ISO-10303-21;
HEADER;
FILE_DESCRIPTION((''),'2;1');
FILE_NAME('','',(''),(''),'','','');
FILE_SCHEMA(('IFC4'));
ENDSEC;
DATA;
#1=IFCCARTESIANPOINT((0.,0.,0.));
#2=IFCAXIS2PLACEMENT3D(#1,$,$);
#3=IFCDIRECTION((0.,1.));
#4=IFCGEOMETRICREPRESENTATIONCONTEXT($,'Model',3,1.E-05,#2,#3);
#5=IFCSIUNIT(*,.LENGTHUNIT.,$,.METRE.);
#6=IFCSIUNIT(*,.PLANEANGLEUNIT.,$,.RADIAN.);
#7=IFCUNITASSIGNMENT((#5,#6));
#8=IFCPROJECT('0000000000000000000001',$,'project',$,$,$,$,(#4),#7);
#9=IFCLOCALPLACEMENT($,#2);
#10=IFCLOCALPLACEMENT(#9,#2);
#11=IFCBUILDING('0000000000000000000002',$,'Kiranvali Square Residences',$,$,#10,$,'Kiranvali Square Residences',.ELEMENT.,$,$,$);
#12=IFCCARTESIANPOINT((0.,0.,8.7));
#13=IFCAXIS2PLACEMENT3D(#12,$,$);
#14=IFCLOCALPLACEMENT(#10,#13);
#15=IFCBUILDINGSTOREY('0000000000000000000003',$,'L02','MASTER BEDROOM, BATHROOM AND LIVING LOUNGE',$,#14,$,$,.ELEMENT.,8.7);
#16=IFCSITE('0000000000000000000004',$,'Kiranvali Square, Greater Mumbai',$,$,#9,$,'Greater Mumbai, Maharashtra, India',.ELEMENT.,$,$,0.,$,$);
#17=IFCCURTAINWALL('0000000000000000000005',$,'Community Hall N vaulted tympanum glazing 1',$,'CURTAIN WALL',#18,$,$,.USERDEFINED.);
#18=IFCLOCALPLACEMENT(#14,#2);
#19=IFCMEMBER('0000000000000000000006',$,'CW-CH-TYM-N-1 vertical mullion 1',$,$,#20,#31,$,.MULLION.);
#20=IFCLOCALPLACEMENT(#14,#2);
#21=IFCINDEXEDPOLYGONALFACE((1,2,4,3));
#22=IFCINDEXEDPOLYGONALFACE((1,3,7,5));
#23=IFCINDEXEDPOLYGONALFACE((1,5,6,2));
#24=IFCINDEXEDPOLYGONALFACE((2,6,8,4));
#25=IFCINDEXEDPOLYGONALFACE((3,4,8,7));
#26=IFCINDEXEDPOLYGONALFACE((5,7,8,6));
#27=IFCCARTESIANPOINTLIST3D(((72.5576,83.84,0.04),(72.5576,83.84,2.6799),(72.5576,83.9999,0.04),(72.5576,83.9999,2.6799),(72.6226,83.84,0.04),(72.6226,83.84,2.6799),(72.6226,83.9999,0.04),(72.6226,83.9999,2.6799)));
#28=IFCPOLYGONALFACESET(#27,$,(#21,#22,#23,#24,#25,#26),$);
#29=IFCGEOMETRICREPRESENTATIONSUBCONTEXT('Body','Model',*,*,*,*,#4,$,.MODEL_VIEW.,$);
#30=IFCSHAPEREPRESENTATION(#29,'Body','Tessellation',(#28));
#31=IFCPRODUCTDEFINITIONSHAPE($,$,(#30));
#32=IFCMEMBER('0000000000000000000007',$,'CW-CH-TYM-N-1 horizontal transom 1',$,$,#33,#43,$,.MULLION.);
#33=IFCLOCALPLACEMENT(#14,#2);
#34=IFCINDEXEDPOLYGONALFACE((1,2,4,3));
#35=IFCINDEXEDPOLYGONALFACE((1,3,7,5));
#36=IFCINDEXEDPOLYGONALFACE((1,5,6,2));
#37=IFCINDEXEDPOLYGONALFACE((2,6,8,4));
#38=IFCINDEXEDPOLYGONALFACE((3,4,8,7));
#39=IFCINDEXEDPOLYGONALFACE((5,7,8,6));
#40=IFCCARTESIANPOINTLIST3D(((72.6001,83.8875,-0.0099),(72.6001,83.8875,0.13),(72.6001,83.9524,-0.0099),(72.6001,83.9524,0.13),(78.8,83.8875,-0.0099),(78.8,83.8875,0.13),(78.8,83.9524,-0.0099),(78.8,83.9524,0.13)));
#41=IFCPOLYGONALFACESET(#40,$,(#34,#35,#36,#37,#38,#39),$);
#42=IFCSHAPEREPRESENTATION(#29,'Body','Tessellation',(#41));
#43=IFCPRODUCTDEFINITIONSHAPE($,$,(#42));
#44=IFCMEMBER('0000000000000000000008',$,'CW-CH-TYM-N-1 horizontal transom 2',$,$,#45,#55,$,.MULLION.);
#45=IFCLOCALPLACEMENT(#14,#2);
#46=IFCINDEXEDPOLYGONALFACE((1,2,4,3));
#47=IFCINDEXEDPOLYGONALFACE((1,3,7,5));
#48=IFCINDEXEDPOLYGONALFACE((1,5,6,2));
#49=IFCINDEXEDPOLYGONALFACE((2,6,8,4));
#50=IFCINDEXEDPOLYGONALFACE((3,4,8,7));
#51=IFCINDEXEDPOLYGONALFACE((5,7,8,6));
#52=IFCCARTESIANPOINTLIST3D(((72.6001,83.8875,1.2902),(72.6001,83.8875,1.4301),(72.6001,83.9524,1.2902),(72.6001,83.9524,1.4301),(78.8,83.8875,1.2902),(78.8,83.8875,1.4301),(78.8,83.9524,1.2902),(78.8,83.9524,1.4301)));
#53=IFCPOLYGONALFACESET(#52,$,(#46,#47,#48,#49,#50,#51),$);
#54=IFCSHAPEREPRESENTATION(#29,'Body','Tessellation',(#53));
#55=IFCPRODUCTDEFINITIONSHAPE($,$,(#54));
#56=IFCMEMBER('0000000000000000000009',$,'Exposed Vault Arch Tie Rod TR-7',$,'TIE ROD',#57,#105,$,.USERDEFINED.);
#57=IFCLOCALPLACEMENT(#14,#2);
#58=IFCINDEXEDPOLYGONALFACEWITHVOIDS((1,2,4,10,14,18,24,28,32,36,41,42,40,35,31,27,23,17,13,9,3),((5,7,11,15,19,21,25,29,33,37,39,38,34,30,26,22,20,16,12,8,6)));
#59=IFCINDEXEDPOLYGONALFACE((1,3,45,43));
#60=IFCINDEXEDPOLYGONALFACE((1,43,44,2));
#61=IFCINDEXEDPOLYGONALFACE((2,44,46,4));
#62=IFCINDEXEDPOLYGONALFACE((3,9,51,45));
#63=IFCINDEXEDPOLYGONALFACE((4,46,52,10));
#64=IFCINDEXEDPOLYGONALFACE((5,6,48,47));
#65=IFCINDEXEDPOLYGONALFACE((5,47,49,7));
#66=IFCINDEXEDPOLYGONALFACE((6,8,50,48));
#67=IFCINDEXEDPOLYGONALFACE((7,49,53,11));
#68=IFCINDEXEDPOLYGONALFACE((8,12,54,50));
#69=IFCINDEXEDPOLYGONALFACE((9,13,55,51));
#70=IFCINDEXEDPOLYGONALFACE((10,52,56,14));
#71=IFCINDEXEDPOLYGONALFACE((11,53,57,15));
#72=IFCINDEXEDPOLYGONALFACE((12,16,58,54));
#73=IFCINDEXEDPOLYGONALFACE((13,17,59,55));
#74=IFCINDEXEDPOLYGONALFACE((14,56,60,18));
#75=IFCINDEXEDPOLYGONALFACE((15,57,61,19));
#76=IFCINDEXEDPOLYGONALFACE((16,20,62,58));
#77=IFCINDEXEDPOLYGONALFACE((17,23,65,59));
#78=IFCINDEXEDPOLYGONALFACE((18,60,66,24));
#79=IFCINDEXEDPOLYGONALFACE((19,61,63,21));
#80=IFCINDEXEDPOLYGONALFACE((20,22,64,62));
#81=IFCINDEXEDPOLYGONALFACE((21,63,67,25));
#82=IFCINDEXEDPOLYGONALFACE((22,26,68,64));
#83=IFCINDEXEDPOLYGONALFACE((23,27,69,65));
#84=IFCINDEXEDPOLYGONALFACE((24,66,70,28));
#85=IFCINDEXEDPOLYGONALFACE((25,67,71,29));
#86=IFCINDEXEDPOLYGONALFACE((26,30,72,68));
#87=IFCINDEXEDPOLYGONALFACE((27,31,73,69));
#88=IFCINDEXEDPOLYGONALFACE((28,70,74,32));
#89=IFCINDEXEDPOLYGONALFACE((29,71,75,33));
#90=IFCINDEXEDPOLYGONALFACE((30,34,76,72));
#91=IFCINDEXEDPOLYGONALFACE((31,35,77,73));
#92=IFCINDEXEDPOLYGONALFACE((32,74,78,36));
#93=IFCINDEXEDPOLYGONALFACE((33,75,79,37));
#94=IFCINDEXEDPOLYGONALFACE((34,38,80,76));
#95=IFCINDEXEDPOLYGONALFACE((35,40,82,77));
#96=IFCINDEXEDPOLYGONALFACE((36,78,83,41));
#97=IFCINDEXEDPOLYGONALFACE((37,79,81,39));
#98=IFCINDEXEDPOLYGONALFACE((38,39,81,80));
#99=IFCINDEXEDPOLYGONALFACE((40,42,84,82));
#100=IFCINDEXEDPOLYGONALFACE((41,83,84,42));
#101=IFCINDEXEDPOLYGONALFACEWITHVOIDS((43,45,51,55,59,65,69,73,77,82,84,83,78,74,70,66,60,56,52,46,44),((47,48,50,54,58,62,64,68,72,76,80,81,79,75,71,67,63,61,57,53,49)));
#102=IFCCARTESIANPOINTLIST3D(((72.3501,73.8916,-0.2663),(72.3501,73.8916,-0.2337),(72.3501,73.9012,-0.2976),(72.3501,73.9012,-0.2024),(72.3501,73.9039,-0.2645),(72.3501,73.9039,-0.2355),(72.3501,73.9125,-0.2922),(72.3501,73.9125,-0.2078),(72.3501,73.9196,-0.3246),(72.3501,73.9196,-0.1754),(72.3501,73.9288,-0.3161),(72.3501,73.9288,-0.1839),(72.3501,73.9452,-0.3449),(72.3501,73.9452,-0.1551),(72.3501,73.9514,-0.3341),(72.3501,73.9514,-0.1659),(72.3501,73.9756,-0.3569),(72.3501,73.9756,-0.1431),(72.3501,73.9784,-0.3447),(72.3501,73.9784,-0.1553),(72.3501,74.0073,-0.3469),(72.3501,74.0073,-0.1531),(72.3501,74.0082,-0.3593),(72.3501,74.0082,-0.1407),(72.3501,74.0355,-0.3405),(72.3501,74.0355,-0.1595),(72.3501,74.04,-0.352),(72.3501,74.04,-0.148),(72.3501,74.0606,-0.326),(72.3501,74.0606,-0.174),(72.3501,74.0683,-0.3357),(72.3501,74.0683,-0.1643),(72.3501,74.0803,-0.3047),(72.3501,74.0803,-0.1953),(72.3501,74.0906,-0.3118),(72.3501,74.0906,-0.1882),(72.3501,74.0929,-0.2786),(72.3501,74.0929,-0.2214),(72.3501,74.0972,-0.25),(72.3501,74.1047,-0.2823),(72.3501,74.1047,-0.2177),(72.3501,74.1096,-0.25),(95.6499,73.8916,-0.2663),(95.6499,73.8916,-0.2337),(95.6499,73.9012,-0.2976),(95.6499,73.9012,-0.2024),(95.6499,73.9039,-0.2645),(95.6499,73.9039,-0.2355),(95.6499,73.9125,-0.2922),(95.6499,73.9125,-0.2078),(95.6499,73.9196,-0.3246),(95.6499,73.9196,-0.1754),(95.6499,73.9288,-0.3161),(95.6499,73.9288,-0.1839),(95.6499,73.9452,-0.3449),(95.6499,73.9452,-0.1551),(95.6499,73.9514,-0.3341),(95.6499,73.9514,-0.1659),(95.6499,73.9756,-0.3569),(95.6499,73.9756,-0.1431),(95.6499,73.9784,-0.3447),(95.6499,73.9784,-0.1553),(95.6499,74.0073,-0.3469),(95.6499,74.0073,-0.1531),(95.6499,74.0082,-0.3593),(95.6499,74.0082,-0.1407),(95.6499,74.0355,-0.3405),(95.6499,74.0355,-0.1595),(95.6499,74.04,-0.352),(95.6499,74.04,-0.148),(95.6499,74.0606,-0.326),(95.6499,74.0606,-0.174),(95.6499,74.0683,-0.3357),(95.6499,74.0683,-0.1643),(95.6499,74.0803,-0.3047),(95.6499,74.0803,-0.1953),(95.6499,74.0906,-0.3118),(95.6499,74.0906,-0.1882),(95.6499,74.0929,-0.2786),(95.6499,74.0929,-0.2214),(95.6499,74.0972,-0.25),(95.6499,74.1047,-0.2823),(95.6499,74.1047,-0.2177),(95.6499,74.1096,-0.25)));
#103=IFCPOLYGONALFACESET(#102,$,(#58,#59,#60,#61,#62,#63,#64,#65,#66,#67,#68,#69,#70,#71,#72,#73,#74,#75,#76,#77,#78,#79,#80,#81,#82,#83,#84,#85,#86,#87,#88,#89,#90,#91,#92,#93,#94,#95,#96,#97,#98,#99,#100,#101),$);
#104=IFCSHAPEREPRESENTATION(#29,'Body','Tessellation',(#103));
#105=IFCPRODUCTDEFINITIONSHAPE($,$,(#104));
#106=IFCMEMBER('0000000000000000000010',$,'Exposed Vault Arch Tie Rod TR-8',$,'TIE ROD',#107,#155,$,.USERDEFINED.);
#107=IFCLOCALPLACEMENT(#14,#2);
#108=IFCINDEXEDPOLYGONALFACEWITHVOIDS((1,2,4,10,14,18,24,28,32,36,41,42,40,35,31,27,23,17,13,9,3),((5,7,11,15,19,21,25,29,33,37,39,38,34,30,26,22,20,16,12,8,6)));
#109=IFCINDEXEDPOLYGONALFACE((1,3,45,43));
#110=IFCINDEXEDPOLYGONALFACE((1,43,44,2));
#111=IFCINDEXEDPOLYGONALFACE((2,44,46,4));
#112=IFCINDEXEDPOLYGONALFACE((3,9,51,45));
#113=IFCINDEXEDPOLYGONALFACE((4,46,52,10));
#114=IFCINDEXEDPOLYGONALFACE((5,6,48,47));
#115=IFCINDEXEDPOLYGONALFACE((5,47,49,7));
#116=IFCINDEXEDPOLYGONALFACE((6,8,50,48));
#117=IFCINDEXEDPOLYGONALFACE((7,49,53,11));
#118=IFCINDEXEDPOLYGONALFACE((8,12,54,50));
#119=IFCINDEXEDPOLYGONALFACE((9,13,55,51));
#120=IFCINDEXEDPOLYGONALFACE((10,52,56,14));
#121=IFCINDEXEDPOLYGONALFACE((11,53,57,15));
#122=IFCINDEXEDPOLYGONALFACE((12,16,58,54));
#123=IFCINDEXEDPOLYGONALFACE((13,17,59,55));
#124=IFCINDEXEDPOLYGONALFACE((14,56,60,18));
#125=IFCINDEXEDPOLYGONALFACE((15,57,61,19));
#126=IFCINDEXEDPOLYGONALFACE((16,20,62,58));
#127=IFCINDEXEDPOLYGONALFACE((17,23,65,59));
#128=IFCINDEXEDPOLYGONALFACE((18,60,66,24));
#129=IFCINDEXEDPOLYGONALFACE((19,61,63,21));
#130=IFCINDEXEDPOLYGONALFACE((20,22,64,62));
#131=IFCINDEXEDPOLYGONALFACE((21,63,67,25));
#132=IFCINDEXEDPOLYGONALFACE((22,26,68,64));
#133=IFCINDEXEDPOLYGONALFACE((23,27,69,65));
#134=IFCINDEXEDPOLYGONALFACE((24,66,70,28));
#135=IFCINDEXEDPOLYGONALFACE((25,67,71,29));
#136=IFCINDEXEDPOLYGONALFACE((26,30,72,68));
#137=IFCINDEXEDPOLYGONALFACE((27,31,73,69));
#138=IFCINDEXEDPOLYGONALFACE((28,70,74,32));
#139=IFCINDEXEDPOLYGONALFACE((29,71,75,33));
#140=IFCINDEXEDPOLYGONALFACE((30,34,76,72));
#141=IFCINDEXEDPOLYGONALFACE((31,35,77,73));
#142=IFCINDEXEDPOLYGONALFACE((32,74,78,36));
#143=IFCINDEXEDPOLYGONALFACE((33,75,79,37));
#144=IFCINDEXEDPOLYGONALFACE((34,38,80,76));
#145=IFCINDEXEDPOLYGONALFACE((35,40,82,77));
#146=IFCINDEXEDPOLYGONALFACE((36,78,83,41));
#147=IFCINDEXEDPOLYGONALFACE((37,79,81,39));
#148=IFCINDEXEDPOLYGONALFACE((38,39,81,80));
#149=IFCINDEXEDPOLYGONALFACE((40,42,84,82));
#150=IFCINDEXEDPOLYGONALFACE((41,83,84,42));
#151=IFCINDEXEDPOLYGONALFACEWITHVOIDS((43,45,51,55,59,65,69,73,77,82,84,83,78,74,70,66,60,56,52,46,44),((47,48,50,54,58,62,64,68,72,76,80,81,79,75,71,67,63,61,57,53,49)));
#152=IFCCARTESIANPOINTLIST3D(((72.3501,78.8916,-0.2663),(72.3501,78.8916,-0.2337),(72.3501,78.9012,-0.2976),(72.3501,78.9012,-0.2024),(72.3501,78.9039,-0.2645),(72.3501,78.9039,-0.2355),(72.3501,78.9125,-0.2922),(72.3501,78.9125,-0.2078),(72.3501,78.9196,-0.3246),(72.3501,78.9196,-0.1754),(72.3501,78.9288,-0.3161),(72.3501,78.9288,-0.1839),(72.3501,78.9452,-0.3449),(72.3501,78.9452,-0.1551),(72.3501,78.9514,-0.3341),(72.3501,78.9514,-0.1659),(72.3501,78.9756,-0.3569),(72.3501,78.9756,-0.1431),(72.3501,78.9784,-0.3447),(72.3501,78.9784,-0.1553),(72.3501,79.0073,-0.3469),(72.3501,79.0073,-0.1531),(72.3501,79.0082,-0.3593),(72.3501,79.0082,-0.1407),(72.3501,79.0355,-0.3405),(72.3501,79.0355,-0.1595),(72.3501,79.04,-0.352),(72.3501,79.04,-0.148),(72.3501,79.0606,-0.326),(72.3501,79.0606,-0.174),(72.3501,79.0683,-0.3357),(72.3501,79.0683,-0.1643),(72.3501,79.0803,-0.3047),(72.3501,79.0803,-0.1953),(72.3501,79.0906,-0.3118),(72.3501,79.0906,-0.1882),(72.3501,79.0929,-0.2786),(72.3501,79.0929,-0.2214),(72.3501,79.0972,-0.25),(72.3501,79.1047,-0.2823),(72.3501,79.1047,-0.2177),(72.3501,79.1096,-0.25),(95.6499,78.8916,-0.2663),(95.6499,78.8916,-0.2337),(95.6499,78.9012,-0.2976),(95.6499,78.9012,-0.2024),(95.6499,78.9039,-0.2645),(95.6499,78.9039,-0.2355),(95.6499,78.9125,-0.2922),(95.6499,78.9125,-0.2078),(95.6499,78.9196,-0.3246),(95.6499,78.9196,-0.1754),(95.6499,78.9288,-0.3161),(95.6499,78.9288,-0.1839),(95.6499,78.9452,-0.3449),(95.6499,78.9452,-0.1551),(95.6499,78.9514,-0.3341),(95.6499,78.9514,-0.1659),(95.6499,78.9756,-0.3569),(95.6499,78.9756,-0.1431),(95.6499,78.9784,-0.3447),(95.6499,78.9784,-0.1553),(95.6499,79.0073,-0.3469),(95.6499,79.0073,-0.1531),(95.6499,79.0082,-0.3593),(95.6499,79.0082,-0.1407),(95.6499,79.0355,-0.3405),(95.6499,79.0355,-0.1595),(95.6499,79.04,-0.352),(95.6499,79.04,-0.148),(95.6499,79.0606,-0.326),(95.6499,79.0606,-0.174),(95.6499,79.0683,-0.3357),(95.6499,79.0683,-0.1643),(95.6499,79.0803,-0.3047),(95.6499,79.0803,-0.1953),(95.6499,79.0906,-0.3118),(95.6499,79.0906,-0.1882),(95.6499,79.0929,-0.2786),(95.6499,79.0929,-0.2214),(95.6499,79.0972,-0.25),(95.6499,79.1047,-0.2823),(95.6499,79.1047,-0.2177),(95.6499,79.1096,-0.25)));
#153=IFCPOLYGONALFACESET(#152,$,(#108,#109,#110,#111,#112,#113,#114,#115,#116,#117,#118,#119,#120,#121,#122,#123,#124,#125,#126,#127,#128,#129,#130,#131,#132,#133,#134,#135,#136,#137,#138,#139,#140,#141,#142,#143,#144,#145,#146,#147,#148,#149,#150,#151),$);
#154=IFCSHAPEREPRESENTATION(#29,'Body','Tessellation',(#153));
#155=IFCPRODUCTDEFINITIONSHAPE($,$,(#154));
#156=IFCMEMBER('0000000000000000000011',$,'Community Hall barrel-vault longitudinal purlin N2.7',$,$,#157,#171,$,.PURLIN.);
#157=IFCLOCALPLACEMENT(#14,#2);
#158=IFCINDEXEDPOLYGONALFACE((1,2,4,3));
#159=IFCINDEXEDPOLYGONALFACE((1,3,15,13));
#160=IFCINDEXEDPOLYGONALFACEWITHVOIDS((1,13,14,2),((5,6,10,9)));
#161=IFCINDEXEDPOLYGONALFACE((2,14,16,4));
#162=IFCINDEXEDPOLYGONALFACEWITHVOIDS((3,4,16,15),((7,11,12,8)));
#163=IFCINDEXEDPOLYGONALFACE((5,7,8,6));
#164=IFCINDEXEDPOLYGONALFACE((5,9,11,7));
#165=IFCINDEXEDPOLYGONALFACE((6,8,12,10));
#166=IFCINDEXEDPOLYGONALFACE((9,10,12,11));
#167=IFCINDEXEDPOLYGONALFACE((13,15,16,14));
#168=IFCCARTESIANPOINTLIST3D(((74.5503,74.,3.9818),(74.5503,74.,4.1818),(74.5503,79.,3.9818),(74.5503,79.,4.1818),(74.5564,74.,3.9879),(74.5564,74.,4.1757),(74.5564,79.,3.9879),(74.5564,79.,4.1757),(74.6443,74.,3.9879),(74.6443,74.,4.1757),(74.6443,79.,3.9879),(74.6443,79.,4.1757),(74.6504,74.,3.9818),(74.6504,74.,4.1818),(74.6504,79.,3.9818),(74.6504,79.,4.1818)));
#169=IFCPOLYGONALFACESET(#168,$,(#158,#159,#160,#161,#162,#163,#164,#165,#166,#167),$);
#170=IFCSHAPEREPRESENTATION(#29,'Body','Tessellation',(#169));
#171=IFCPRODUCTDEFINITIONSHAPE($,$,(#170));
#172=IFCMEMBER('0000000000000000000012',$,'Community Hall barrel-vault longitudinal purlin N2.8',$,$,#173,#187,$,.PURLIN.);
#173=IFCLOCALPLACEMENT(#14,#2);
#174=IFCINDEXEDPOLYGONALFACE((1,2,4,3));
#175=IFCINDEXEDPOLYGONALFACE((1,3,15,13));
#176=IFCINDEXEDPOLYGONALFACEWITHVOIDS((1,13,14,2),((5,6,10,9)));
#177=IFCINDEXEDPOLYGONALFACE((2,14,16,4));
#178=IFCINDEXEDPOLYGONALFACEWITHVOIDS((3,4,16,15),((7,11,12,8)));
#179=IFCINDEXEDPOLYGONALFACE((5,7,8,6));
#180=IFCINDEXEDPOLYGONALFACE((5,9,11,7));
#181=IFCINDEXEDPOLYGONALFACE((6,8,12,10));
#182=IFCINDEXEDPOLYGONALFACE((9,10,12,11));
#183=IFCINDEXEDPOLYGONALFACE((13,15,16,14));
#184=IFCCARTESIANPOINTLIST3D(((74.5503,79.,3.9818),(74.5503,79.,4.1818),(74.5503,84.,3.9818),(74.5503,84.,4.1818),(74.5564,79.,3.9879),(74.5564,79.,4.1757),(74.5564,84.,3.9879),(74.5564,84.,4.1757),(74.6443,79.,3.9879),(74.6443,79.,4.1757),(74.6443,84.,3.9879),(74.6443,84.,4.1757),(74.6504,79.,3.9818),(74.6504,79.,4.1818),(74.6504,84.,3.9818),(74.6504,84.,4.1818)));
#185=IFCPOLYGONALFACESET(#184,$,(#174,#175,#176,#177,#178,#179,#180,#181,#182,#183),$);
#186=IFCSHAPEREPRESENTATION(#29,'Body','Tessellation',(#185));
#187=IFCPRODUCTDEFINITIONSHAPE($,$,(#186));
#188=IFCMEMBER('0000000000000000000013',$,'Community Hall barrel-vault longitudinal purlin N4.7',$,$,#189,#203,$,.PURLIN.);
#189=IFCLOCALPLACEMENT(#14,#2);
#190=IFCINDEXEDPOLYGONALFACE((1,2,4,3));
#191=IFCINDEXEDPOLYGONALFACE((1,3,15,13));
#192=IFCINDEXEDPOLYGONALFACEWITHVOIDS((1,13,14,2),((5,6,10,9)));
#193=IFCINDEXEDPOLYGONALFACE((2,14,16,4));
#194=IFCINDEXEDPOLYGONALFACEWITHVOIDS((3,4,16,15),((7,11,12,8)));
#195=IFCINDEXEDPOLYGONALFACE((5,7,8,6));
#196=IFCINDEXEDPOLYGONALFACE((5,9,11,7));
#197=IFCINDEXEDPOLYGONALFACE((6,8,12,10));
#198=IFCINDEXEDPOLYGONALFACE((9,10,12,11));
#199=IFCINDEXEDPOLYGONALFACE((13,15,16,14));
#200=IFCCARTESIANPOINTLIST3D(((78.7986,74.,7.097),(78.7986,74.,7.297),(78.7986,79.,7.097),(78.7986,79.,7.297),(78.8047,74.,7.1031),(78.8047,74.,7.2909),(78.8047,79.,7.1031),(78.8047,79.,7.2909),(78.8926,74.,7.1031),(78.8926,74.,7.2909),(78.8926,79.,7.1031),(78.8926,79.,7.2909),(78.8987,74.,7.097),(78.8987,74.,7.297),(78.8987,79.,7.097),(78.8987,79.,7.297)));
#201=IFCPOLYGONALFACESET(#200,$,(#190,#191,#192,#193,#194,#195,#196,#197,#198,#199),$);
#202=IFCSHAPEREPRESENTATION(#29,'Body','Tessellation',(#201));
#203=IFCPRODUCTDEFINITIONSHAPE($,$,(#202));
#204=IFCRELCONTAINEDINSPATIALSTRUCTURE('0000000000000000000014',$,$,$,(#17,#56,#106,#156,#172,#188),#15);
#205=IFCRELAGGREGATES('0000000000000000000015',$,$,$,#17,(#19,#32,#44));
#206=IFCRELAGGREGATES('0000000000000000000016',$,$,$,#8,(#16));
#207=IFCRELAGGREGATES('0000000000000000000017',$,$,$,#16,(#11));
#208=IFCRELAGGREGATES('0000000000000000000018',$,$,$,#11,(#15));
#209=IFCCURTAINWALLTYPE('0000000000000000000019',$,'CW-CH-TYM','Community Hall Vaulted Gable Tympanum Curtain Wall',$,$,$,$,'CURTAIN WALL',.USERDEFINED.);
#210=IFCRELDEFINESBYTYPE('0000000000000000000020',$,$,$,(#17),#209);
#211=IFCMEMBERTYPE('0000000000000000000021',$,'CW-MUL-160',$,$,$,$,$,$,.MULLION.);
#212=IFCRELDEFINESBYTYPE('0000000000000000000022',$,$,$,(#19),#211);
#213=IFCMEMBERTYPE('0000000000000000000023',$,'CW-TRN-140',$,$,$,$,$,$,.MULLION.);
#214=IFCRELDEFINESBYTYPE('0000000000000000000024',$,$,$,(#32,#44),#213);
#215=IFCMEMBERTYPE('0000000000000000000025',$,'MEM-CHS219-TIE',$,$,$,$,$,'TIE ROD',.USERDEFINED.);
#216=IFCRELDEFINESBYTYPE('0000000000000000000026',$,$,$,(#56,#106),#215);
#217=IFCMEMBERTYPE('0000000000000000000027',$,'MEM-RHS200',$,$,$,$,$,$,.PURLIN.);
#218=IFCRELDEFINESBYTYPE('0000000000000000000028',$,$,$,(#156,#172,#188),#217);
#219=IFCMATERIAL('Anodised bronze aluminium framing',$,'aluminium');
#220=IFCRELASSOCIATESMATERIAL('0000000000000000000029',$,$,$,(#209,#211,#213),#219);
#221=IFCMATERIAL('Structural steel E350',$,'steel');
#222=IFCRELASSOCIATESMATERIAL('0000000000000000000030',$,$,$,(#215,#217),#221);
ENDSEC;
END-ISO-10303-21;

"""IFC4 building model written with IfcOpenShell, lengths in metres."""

from ifc_helpers import new_model, si_unit, direction, frame, origin, origin_2d, place, context, subcontext, project, spatial, rectangle, hollow_rectangle, hollow_circle, extrude, material, material_profile, profile_set, type_object, element, aggregate, save


model = new_model("IFC4")

# Units and contexts
model_context = context("Model", 3, precision=1e-05, world=origin(), true_north=direction((0.0, 1.0)))
body_context = subcontext(model_context, "Body", "Model", "MODEL_VIEW")
ifc_project = project(units=[si_unit("LENGTHUNIT", "METRE"), si_unit("PLANEANGLEUNIT", "RADIAN")], contexts=[model_context])

# Site, building, storey
site_placement = place(None, origin())
site = spatial("IfcSite", under=ifc_project, at=site_placement, Name="Kiranvali Square, Greater Mumbai", LongName="Greater Mumbai, Maharashtra, India", CompositionType="ELEMENT", RefElevation=0.0)
building_placement = place(site_placement, origin())
building = spatial("IfcBuilding", under=site, at=building_placement, Name="Kiranvali Square Residences", LongName="Kiranvali Square Residences", CompositionType="ELEMENT")
storey_placement = place(building_placement, frame((0.0, 0.0, 8.7)))
storey = spatial("IfcBuildingStorey", under=building, at=storey_placement, Name="L02", Description="MASTER BEDROOM, BATHROOM AND LIVING LOUNGE", CompositionType="ELEMENT", Elevation=8.7)

# Curtain wall, members
ifc_material_1 = material(Name="Anodised bronze aluminium framing", Category="aluminium")
curtain_wall_type = type_object("IfcCurtainWallType", Name="CW-CH-TYM", Description="Community Hall Vaulted Gable Tympanum Curtain Wall", ElementType="CURTAIN WALL", PredefinedType="USERDEFINED", material=ifc_material_1)
curtain_wall_placement = place(storey_placement, origin())
curtain_wall = element("IfcCurtainWall", 1, at=curtain_wall_placement, inside=storey, type_object=curtain_wall_type, Name="Community Hall N vaulted tympanum glazing 1", ObjectType="CURTAIN WALL", PredefinedType="USERDEFINED")
ifc_material_profile_1 = material_profile(ifc_material_1, rectangle(XDim=0.0649, YDim=0.1599, at=origin_2d()), Name="ALU 65x160")
ifc_profile_set_1 = profile_set([ifc_material_profile_1], Name="Anodised bronze aluminium framing")
member_type_1 = type_object("IfcMemberType", Name="CW-MUL-160", PredefinedType="MULLION", material=ifc_profile_set_1)
member_1_placement = place(storey_placement, frame((72.5901, 83.9199, 0.04), z_axis=(0.0, 0.0, 1.0), x_axis=(1.0, 0.0, 0.0)))
member_1 = element("IfcMember", 2, at=member_1_placement, type_object=member_type_1, Name="CW-CH-TYM-N-1 vertical mullion 1", PredefinedType="MULLION", context=body_context, shape_type="SweptSolid", body=[
    extrude(rectangle(XDim=0.0649, YDim=0.1599, at=origin_2d()), origin(), (0.0, 0.0, 1.0), 2.6399),
])
ifc_material_profile_2 = material_profile(ifc_material_1, rectangle(XDim=0.0649, YDim=0.1399, at=origin_2d()), Name="ALU 65x140")
ifc_profile_set_2 = profile_set([ifc_material_profile_2], Name="Anodised bronze aluminium framing")
member_type_2 = type_object("IfcMemberType", Name="CW-TRN-140", PredefinedType="MULLION", material=ifc_profile_set_2)
member_2_placement = place(storey_placement, frame((72.6001, 83.9199, 0.0601), z_axis=(1.0, 0.0, 0.0), x_axis=(0.0, 1.0, 0.0)))
member_2 = element("IfcMember", 3, at=member_2_placement, type_object=member_type_2, Name="CW-CH-TYM-N-1 horizontal transom 1", PredefinedType="MULLION", context=body_context, shape_type="SweptSolid", body=[
    extrude(rectangle(XDim=0.0649, YDim=0.1399, at=origin_2d()), origin(), (0.0, 0.0, 1.0), 6.2),
])
member_3_placement = place(storey_placement, frame((72.6001, 83.9199, 1.3601), z_axis=(1.0, 0.0, 0.0), x_axis=(0.0, 1.0, 0.0)))
member_3 = element("IfcMember", 4, at=member_3_placement, type_object=member_type_2, Name="CW-CH-TYM-N-1 horizontal transom 2", PredefinedType="MULLION", context=body_context, shape_type="SweptSolid", body=[
    extrude(rectangle(XDim=0.0649, YDim=0.1399, at=origin_2d()), origin(), (0.0, 0.0, 1.0), 6.2),
])
aggregate(curtain_wall, [member_1, member_2, member_3])

# Members
ifc_material_2 = material(Name="Structural steel E350", Category="steel")
ifc_material_profile_3 = material_profile(ifc_material_2, hollow_circle(Radius=0.1096, WallThickness=0.0125, at=origin_2d()), Name="CHS 219.1x12.5")
ifc_profile_set_3 = profile_set([ifc_material_profile_3], Name="Structural steel E350")
member_type_3 = type_object("IfcMemberType", Name="MEM-CHS219-TIE", ElementType="TIE ROD", PredefinedType="USERDEFINED", material=ifc_profile_set_3)
for number, where, z_axis, x_axis, name in (
    (5, (72.3501, 74.0, -0.25), (1.0, 0.0, 0.0), (0.0, 1.0, 0.0), "Exposed Vault Arch Tie Rod TR-7"),
    (6, (72.3501, 79.0, -0.25), (1.0, 0.0, 0.0), (0.0, 1.0, 0.0), "Exposed Vault Arch Tie Rod TR-8"),
):
    element("IfcMember", number, at=place(storey_placement, frame(where, z_axis=z_axis, x_axis=x_axis)), inside=storey, type_object=member_type_3, Name=name, ObjectType="TIE ROD", PredefinedType="USERDEFINED", context=body_context, shape_type="SweptSolid", body=[
        extrude(hollow_circle(Radius=0.1096, WallThickness=0.0125, at=origin_2d()), origin(), (0.0, 0.0, 1.0), 23.2998),
    ])
ifc_material_profile_4 = material_profile(ifc_material_2, hollow_rectangle(XDim=0.1001, YDim=0.2, WallThickness=0.0061, at=origin_2d()), Name="RHS 200x100x6.0")
ifc_profile_set_4 = profile_set([ifc_material_profile_4], Name="Structural steel E350")
member_type_4 = type_object("IfcMemberType", Name="MEM-RHS200", PredefinedType="PURLIN", material=ifc_profile_set_4)
for number, where, z_axis, x_axis, name in (
    (7, (74.6003, 74.0, 4.0818), (0.0, 1.0, 0.0), (-1.0, 0.0, 0.0), "Community Hall barrel-vault longitudinal purlin N2.7"),
    (8, (74.6003, 79.0, 4.0818), (0.0, 1.0, 0.0), (-1.0, 0.0, 0.0), "Community Hall barrel-vault longitudinal purlin N2.8"),
    (9, (78.8486, 74.0, 7.197), (0.0, 1.0, 0.0), (-1.0, 0.0, 0.0), "Community Hall barrel-vault longitudinal purlin N4.7"),
):
    element("IfcMember", number, at=place(storey_placement, frame(where, z_axis=z_axis, x_axis=x_axis)), inside=storey, type_object=member_type_4, Name=name, PredefinedType="PURLIN", context=body_context, shape_type="SweptSolid", body=[
        extrude(hollow_rectangle(XDim=0.1001, YDim=0.2, WallThickness=0.0061, at=origin_2d()), origin(), (0.0, 0.0, 1.0), 5.0),
    ])

save(model, "model.ifc")
